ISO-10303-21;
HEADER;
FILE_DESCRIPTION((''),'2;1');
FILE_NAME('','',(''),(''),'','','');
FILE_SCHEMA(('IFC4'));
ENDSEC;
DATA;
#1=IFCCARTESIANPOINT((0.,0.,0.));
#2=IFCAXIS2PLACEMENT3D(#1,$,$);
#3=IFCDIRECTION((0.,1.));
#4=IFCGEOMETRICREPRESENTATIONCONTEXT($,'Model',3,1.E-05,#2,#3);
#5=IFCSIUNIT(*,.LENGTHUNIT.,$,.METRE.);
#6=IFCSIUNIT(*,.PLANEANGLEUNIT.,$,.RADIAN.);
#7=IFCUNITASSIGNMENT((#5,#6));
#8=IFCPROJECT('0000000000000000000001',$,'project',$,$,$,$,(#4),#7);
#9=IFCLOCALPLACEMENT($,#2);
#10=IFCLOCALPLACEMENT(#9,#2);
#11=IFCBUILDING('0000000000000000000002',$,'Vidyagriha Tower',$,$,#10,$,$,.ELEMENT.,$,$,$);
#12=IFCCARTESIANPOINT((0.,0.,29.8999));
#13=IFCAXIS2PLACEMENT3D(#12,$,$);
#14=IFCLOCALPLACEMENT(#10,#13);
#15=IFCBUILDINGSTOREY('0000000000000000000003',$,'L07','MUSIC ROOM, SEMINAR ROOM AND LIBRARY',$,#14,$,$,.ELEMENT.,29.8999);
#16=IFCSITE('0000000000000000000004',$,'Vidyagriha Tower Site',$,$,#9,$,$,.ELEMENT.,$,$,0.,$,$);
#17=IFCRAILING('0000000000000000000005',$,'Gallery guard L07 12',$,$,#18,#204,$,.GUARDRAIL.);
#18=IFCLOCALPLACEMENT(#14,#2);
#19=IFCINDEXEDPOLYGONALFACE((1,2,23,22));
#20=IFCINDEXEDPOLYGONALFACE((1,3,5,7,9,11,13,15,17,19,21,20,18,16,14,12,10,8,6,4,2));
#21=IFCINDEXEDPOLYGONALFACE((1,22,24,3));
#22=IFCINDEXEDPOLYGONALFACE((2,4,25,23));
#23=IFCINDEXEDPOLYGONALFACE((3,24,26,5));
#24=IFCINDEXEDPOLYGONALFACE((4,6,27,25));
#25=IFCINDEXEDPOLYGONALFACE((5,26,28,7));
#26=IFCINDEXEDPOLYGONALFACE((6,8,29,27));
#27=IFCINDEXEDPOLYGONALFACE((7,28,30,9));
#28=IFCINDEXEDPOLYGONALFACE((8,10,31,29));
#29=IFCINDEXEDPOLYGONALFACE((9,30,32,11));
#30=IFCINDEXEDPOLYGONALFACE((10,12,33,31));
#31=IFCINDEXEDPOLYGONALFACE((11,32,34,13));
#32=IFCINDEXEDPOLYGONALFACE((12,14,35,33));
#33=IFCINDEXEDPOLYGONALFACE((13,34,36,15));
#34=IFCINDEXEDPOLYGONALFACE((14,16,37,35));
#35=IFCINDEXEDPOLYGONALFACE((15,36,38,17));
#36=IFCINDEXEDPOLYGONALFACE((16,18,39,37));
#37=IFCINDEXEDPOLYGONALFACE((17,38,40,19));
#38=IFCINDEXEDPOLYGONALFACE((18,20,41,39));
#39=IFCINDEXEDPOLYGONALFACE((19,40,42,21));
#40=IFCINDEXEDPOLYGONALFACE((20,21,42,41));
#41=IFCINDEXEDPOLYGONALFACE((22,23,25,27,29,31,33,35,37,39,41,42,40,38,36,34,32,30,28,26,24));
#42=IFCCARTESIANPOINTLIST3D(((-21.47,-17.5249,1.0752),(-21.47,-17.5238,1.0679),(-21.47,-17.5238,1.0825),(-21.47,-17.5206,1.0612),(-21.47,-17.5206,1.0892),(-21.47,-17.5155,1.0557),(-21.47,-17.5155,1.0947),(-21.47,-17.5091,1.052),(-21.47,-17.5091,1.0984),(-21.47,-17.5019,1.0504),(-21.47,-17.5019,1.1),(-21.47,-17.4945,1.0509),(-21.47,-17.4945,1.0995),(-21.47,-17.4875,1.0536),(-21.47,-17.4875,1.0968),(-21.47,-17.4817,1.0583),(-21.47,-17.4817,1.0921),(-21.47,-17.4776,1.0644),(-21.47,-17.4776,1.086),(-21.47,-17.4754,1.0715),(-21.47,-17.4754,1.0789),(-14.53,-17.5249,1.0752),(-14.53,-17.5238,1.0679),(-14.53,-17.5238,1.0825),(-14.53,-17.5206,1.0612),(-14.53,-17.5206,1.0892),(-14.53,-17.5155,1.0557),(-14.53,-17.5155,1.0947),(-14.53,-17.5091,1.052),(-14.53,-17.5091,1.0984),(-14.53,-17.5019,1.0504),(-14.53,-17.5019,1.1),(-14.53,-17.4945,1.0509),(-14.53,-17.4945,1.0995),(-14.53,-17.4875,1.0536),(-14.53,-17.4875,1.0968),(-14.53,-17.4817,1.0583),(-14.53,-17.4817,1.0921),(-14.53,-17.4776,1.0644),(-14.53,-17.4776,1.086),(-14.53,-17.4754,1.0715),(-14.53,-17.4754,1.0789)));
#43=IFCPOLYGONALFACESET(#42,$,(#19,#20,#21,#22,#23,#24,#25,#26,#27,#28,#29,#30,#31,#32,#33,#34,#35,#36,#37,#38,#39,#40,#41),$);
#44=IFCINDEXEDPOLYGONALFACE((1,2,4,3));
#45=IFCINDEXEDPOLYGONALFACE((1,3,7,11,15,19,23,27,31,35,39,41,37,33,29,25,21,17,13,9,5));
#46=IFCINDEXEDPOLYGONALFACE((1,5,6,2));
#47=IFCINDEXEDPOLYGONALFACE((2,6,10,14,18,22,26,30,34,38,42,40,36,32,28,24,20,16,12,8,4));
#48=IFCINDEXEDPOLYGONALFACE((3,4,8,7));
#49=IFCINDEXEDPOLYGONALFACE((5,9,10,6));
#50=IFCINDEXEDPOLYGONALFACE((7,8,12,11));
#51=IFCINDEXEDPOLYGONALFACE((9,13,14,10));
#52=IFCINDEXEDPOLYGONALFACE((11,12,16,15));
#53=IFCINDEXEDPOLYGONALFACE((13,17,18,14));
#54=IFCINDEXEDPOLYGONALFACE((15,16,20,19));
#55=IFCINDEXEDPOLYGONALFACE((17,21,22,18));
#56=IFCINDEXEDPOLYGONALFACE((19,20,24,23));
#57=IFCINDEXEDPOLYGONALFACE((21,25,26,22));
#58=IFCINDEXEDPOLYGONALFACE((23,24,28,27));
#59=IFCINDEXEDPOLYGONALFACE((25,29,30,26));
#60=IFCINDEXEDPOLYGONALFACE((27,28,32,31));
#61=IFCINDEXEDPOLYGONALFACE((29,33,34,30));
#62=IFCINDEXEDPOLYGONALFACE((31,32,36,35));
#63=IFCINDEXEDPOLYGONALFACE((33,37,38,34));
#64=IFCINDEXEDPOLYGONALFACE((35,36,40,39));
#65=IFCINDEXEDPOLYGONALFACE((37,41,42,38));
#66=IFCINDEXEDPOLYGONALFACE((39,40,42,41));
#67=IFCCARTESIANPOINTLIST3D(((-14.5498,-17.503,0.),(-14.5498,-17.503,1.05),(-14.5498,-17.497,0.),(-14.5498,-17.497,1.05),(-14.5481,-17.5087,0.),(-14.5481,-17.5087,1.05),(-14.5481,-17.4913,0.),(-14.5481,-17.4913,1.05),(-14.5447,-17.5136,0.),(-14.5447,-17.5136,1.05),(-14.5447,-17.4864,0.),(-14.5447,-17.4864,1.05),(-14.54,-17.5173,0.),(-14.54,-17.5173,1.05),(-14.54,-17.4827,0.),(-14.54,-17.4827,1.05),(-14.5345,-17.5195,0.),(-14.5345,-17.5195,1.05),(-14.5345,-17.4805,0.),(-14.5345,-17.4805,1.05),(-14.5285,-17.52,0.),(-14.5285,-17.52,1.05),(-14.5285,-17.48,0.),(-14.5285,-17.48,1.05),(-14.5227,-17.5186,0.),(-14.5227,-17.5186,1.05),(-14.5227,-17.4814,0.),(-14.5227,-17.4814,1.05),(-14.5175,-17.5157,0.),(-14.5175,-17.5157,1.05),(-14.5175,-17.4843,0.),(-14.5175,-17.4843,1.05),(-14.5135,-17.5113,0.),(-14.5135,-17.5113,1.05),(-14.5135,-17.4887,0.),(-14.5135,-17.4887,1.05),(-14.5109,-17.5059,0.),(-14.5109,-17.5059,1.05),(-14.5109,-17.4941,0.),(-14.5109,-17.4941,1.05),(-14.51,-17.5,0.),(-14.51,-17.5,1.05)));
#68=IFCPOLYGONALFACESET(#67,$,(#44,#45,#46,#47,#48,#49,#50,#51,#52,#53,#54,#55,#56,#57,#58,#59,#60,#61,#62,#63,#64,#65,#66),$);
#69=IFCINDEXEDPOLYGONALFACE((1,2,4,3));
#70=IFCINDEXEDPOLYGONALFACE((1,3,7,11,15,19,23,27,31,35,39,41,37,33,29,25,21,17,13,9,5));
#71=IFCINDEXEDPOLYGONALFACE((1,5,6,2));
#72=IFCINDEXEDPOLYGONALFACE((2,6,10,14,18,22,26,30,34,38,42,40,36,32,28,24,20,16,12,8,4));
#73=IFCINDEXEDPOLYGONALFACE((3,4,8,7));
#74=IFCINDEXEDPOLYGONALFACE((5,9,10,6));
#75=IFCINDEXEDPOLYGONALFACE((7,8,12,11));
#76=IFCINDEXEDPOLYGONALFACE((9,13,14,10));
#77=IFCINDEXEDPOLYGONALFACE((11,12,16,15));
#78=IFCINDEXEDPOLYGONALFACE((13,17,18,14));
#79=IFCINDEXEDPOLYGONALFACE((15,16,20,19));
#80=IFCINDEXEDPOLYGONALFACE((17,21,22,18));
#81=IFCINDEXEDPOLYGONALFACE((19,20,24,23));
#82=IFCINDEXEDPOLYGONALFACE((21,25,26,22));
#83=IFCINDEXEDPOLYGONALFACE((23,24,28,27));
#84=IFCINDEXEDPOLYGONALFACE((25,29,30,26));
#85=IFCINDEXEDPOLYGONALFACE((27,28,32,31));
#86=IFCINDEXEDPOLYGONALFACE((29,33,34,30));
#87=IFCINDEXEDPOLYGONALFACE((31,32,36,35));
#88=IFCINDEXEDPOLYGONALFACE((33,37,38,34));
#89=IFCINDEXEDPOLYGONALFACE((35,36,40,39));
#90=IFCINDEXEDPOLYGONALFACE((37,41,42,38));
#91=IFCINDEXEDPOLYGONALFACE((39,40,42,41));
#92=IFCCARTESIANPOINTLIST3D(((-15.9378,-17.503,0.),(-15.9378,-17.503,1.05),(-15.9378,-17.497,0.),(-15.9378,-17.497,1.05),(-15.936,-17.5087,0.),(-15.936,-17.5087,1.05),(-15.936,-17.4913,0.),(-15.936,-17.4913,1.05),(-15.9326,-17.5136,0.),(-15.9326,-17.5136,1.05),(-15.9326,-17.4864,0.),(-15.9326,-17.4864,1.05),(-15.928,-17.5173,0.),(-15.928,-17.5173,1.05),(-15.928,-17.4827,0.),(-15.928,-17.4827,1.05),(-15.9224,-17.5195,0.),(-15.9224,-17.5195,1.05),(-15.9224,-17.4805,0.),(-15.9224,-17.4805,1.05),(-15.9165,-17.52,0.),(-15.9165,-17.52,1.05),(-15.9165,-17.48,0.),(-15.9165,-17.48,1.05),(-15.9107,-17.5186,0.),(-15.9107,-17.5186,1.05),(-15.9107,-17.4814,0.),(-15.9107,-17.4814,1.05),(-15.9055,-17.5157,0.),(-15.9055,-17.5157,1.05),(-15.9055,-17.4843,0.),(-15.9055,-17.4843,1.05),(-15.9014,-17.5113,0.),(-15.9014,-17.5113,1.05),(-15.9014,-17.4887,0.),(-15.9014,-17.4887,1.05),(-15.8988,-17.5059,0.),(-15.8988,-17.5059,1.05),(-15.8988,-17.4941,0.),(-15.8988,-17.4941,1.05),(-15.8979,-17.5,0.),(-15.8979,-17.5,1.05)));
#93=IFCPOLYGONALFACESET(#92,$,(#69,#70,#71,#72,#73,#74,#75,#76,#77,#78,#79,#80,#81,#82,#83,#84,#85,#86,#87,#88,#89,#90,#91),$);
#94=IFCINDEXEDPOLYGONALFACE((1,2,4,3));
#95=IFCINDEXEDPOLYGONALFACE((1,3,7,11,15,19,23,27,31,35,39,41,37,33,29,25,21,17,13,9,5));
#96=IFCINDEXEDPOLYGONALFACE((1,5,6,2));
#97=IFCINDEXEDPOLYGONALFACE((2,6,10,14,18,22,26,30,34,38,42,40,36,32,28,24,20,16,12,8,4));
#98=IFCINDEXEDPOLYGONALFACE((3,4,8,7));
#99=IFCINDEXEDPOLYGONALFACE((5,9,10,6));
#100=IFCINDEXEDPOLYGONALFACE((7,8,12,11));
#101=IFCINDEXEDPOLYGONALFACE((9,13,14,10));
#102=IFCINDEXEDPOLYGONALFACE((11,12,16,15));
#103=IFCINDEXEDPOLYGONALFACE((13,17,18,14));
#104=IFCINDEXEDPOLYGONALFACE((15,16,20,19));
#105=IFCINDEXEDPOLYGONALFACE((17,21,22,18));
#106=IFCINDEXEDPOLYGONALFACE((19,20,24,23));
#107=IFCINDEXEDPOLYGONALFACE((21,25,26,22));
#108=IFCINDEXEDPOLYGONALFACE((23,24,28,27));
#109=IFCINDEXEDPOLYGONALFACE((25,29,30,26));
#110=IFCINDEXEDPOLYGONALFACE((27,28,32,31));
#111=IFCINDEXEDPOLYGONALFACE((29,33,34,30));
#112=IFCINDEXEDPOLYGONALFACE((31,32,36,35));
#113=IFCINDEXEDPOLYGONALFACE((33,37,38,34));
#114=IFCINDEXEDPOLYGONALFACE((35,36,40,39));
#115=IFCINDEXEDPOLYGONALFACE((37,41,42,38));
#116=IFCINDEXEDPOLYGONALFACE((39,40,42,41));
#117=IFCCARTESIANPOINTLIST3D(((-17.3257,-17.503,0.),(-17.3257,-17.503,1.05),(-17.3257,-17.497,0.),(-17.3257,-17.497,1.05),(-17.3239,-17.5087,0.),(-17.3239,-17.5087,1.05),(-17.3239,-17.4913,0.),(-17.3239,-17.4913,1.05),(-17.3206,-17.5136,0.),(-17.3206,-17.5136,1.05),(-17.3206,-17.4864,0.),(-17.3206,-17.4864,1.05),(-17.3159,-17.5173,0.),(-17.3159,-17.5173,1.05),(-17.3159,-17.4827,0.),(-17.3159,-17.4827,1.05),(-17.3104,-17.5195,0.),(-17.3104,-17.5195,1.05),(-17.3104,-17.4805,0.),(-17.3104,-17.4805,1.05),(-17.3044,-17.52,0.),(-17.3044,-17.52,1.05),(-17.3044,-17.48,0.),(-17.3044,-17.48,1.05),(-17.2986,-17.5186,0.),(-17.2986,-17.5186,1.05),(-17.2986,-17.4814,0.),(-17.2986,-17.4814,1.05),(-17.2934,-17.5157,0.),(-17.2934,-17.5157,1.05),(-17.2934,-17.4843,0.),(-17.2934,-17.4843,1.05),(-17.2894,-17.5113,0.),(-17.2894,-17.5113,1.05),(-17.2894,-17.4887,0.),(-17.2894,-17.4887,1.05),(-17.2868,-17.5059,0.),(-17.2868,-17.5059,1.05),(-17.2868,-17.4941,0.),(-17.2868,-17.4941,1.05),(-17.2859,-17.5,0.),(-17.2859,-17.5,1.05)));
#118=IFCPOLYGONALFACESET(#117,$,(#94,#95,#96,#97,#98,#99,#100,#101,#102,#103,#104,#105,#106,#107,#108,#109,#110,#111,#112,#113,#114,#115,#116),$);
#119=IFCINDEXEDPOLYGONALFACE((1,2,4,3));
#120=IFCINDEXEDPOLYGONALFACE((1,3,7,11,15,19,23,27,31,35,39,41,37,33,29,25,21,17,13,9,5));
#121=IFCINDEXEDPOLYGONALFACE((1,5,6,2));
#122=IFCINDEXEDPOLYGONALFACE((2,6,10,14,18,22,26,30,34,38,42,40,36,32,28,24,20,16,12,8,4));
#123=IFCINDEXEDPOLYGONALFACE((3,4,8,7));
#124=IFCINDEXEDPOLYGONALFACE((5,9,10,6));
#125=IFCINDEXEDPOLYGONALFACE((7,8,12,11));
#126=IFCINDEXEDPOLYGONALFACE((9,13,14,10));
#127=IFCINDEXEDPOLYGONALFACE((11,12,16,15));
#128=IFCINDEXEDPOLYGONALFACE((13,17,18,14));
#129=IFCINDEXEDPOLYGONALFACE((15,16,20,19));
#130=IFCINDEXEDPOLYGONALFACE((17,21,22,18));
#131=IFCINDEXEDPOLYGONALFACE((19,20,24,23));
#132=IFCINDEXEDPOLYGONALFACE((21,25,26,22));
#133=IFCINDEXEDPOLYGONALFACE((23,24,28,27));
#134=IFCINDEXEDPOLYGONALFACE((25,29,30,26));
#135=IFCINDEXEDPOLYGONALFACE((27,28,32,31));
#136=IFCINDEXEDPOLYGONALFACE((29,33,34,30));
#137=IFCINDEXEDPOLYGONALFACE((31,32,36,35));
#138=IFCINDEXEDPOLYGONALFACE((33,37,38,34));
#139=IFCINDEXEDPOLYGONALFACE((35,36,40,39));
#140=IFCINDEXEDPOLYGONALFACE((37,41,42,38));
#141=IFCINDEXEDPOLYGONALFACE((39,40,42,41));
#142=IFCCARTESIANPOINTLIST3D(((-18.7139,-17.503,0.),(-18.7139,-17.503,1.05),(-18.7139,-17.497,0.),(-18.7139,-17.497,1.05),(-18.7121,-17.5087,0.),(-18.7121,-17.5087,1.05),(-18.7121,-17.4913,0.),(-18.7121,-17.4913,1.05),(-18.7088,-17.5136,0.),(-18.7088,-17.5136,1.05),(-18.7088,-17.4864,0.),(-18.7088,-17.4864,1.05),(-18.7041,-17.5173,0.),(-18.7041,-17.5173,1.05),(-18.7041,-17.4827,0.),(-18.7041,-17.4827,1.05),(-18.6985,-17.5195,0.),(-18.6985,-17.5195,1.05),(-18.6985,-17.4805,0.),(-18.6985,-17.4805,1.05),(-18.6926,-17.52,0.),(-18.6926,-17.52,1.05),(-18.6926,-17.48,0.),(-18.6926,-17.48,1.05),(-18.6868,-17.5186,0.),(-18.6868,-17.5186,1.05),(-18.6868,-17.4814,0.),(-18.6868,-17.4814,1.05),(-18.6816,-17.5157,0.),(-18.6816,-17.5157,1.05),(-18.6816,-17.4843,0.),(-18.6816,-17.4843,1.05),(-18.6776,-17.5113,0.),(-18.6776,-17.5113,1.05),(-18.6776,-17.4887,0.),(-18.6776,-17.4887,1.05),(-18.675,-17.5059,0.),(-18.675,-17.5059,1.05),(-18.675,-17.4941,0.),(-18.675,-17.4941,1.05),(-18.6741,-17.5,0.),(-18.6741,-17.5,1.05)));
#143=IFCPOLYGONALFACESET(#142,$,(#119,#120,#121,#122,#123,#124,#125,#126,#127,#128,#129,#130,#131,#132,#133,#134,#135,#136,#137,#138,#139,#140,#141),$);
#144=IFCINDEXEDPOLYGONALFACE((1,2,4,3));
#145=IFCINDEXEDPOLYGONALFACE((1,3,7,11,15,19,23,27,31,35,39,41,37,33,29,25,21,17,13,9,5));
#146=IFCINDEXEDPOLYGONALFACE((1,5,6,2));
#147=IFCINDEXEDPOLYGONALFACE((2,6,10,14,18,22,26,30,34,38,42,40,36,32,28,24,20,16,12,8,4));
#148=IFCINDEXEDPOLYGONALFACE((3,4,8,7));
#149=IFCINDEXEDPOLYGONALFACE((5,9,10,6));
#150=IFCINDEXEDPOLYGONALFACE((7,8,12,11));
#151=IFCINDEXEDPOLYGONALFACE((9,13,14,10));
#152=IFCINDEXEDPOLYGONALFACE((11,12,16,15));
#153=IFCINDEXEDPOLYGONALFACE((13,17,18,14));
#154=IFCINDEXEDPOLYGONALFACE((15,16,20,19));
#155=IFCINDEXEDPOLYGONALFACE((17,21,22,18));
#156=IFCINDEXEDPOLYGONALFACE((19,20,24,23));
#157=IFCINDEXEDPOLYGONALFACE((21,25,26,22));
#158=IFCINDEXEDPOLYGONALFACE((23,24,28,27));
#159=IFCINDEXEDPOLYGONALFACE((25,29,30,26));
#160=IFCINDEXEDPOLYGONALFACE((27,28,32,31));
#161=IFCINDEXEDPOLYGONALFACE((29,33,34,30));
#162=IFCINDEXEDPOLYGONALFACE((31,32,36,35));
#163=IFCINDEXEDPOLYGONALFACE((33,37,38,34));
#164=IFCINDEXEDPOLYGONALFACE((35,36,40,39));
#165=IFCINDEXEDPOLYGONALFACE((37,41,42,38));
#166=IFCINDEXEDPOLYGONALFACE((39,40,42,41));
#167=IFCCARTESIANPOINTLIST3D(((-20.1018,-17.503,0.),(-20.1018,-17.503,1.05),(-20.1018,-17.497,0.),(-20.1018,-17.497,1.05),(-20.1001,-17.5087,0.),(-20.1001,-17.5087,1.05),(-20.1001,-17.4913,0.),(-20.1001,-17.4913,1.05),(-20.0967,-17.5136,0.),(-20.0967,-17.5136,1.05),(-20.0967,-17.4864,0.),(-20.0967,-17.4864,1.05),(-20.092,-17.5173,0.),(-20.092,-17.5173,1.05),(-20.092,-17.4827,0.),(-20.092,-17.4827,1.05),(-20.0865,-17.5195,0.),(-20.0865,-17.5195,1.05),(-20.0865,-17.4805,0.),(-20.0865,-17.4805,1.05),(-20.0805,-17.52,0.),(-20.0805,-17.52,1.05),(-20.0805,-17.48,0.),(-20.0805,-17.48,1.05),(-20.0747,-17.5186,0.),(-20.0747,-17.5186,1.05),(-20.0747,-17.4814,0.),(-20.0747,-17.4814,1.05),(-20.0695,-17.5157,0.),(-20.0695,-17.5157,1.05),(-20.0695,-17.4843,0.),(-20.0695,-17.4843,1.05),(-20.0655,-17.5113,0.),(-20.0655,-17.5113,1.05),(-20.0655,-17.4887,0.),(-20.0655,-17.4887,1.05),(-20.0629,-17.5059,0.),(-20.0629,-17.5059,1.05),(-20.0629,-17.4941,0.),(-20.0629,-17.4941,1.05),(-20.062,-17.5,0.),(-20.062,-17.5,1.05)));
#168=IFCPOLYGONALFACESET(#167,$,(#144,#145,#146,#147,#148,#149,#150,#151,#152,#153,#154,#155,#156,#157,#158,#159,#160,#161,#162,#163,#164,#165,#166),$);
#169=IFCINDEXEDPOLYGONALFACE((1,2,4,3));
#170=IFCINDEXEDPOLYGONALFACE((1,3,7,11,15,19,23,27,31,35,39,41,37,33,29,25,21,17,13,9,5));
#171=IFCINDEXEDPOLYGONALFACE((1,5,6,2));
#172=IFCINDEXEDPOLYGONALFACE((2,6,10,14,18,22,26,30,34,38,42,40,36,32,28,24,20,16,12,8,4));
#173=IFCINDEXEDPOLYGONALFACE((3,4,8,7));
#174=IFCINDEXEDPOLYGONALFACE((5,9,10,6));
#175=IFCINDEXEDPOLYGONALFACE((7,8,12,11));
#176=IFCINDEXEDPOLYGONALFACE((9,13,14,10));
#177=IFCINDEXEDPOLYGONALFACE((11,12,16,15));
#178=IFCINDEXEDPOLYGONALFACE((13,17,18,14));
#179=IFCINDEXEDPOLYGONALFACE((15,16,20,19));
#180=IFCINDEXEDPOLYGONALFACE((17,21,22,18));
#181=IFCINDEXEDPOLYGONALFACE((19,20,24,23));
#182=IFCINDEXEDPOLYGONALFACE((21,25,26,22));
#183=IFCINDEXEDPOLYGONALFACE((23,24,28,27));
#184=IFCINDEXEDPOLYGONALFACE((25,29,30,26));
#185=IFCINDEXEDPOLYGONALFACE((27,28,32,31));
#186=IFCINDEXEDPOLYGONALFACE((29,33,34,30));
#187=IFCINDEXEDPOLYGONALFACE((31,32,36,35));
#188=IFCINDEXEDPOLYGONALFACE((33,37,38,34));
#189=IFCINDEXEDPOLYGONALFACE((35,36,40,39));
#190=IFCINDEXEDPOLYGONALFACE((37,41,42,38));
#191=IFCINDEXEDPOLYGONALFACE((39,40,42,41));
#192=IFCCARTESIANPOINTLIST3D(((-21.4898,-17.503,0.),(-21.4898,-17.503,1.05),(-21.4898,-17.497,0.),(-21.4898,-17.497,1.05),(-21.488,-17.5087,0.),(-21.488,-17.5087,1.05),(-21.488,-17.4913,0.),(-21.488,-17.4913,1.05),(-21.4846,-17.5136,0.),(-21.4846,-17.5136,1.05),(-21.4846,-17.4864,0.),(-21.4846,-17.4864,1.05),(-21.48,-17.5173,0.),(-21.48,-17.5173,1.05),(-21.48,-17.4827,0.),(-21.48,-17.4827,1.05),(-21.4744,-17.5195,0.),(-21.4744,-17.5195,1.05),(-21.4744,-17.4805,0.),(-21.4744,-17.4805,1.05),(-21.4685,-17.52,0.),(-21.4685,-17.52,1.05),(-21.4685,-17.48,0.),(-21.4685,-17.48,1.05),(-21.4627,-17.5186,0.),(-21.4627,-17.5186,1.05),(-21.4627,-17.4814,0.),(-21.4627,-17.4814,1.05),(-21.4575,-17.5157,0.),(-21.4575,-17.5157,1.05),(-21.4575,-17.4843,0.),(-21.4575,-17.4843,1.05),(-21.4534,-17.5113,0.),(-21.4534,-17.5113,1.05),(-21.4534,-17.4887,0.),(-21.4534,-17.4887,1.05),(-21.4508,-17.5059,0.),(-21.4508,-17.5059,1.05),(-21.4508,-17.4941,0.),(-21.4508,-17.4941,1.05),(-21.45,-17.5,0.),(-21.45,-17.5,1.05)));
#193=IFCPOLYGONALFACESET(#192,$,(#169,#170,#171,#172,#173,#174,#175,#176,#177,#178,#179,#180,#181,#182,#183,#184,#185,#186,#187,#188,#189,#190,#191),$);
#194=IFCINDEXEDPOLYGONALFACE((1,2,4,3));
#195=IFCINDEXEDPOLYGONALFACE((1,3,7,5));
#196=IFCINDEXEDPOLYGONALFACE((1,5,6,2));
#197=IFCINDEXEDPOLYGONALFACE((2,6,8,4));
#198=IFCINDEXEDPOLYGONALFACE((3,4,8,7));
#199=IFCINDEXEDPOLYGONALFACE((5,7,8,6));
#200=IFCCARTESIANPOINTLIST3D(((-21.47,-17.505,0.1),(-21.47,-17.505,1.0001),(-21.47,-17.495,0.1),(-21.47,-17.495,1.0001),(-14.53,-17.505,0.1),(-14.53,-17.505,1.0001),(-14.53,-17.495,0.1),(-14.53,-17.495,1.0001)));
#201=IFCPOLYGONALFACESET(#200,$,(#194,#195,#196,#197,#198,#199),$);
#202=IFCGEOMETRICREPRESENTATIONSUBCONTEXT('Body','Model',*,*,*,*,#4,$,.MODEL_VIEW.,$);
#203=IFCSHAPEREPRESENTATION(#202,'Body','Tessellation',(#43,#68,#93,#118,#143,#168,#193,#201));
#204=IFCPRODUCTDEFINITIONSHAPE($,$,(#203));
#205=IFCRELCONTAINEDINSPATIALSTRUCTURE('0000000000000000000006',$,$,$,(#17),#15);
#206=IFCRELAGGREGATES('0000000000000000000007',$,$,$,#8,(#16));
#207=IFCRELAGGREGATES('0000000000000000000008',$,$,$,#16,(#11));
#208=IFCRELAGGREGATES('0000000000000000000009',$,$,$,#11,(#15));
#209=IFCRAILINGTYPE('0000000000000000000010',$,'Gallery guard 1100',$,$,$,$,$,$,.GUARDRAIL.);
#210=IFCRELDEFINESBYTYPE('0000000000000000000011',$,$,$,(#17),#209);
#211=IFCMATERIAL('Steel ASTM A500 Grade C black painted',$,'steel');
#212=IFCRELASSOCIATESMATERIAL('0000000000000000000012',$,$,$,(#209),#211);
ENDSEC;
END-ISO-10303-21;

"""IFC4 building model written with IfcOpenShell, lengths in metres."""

from ifc_helpers import new_model, si_unit, direction, frame, origin, origin_2d, place, context, subcontext, project, spatial, rectangle, circle, extrude, material, type_object, element, save


model = new_model("IFC4")

# Units and contexts
model_context = context("Model", 3, precision=1e-05, world=origin(), true_north=direction((0.0, 1.0)))
body_context = subcontext(model_context, "Body", "Model", "MODEL_VIEW")
ifc_project = project(units=[si_unit("LENGTHUNIT", "METRE"), si_unit("PLANEANGLEUNIT", "RADIAN")], contexts=[model_context])

# Site, building, storey
site_placement = place(None, origin())
site = spatial("IfcSite", under=ifc_project, at=site_placement, Name="Vidyagriha Tower Site", CompositionType="ELEMENT", RefElevation=0.0)
building_placement = place(site_placement, origin())
building = spatial("IfcBuilding", under=site, at=building_placement, Name="Vidyagriha Tower", CompositionType="ELEMENT")
storey_placement = place(building_placement, frame((0.0, 0.0, 29.8999)))
storey = spatial("IfcBuildingStorey", under=building, at=storey_placement, Name="L07", Description="MUSIC ROOM, SEMINAR ROOM AND LIBRARY", CompositionType="ELEMENT", Elevation=29.8999)

# Railing
ifc_material_1 = material(Name="Steel ASTM A500 Grade C black painted", Category="steel")
railing_type = type_object("IfcRailingType", Name="Gallery guard 1100", PredefinedType="GUARDRAIL", material=ifc_material_1)
for number, where, name in (
    (1, (-14.53, -17.5, 0.0), "Gallery guard L07 12"),
):
    element("IfcRailing", number, at=place(storey_placement, frame(where)), inside=storey, type_object=railing_type, Name=name, PredefinedType="GUARDRAIL", context=body_context, shape_type="SweptSolid", body=[
        extrude(circle(Radius=0.0249, at=origin_2d()), frame((0.0, 0.0, 1.0752), z_axis=(-1.0, 0.0, 0.0), x_axis=(0.0, -1.0, 0.0)), (0.0, 0.0, 1.0), 6.9399),
        extrude(circle(Radius=0.02, at=origin_2d()), origin(), (0.0, 0.0, 1.0), 1.05),
        extrude(circle(Radius=0.02, at=origin_2d()), frame((-1.3879, 0.0, 0.0)), (0.0, 0.0, 1.0), 1.05),
        extrude(circle(Radius=0.02, at=origin_2d()), frame((-2.7759, 0.0, 0.0)), (0.0, 0.0, 1.0), 1.05),
        extrude(circle(Radius=0.02, at=origin_2d()), frame((-4.1641, 0.0, 0.0)), (0.0, 0.0, 1.0), 1.05),
        extrude(circle(Radius=0.02, at=origin_2d()), frame((-5.552, 0.0, 0.0)), (0.0, 0.0, 1.0), 1.05),
        extrude(circle(Radius=0.02, at=origin_2d()), frame((-6.9399, 0.0, 0.0)), (0.0, 0.0, 1.0), 1.05),
        extrude(rectangle(XDim=0.01, YDim=0.9001, at=origin_2d()), frame((0.0, 0.0, 0.55), z_axis=(-1.0, 0.0, 0.0), x_axis=(0.0, -1.0, 0.0)), (0.0, 0.0, 1.0), 6.9399),
    ])

save(model, "model.ifc")
